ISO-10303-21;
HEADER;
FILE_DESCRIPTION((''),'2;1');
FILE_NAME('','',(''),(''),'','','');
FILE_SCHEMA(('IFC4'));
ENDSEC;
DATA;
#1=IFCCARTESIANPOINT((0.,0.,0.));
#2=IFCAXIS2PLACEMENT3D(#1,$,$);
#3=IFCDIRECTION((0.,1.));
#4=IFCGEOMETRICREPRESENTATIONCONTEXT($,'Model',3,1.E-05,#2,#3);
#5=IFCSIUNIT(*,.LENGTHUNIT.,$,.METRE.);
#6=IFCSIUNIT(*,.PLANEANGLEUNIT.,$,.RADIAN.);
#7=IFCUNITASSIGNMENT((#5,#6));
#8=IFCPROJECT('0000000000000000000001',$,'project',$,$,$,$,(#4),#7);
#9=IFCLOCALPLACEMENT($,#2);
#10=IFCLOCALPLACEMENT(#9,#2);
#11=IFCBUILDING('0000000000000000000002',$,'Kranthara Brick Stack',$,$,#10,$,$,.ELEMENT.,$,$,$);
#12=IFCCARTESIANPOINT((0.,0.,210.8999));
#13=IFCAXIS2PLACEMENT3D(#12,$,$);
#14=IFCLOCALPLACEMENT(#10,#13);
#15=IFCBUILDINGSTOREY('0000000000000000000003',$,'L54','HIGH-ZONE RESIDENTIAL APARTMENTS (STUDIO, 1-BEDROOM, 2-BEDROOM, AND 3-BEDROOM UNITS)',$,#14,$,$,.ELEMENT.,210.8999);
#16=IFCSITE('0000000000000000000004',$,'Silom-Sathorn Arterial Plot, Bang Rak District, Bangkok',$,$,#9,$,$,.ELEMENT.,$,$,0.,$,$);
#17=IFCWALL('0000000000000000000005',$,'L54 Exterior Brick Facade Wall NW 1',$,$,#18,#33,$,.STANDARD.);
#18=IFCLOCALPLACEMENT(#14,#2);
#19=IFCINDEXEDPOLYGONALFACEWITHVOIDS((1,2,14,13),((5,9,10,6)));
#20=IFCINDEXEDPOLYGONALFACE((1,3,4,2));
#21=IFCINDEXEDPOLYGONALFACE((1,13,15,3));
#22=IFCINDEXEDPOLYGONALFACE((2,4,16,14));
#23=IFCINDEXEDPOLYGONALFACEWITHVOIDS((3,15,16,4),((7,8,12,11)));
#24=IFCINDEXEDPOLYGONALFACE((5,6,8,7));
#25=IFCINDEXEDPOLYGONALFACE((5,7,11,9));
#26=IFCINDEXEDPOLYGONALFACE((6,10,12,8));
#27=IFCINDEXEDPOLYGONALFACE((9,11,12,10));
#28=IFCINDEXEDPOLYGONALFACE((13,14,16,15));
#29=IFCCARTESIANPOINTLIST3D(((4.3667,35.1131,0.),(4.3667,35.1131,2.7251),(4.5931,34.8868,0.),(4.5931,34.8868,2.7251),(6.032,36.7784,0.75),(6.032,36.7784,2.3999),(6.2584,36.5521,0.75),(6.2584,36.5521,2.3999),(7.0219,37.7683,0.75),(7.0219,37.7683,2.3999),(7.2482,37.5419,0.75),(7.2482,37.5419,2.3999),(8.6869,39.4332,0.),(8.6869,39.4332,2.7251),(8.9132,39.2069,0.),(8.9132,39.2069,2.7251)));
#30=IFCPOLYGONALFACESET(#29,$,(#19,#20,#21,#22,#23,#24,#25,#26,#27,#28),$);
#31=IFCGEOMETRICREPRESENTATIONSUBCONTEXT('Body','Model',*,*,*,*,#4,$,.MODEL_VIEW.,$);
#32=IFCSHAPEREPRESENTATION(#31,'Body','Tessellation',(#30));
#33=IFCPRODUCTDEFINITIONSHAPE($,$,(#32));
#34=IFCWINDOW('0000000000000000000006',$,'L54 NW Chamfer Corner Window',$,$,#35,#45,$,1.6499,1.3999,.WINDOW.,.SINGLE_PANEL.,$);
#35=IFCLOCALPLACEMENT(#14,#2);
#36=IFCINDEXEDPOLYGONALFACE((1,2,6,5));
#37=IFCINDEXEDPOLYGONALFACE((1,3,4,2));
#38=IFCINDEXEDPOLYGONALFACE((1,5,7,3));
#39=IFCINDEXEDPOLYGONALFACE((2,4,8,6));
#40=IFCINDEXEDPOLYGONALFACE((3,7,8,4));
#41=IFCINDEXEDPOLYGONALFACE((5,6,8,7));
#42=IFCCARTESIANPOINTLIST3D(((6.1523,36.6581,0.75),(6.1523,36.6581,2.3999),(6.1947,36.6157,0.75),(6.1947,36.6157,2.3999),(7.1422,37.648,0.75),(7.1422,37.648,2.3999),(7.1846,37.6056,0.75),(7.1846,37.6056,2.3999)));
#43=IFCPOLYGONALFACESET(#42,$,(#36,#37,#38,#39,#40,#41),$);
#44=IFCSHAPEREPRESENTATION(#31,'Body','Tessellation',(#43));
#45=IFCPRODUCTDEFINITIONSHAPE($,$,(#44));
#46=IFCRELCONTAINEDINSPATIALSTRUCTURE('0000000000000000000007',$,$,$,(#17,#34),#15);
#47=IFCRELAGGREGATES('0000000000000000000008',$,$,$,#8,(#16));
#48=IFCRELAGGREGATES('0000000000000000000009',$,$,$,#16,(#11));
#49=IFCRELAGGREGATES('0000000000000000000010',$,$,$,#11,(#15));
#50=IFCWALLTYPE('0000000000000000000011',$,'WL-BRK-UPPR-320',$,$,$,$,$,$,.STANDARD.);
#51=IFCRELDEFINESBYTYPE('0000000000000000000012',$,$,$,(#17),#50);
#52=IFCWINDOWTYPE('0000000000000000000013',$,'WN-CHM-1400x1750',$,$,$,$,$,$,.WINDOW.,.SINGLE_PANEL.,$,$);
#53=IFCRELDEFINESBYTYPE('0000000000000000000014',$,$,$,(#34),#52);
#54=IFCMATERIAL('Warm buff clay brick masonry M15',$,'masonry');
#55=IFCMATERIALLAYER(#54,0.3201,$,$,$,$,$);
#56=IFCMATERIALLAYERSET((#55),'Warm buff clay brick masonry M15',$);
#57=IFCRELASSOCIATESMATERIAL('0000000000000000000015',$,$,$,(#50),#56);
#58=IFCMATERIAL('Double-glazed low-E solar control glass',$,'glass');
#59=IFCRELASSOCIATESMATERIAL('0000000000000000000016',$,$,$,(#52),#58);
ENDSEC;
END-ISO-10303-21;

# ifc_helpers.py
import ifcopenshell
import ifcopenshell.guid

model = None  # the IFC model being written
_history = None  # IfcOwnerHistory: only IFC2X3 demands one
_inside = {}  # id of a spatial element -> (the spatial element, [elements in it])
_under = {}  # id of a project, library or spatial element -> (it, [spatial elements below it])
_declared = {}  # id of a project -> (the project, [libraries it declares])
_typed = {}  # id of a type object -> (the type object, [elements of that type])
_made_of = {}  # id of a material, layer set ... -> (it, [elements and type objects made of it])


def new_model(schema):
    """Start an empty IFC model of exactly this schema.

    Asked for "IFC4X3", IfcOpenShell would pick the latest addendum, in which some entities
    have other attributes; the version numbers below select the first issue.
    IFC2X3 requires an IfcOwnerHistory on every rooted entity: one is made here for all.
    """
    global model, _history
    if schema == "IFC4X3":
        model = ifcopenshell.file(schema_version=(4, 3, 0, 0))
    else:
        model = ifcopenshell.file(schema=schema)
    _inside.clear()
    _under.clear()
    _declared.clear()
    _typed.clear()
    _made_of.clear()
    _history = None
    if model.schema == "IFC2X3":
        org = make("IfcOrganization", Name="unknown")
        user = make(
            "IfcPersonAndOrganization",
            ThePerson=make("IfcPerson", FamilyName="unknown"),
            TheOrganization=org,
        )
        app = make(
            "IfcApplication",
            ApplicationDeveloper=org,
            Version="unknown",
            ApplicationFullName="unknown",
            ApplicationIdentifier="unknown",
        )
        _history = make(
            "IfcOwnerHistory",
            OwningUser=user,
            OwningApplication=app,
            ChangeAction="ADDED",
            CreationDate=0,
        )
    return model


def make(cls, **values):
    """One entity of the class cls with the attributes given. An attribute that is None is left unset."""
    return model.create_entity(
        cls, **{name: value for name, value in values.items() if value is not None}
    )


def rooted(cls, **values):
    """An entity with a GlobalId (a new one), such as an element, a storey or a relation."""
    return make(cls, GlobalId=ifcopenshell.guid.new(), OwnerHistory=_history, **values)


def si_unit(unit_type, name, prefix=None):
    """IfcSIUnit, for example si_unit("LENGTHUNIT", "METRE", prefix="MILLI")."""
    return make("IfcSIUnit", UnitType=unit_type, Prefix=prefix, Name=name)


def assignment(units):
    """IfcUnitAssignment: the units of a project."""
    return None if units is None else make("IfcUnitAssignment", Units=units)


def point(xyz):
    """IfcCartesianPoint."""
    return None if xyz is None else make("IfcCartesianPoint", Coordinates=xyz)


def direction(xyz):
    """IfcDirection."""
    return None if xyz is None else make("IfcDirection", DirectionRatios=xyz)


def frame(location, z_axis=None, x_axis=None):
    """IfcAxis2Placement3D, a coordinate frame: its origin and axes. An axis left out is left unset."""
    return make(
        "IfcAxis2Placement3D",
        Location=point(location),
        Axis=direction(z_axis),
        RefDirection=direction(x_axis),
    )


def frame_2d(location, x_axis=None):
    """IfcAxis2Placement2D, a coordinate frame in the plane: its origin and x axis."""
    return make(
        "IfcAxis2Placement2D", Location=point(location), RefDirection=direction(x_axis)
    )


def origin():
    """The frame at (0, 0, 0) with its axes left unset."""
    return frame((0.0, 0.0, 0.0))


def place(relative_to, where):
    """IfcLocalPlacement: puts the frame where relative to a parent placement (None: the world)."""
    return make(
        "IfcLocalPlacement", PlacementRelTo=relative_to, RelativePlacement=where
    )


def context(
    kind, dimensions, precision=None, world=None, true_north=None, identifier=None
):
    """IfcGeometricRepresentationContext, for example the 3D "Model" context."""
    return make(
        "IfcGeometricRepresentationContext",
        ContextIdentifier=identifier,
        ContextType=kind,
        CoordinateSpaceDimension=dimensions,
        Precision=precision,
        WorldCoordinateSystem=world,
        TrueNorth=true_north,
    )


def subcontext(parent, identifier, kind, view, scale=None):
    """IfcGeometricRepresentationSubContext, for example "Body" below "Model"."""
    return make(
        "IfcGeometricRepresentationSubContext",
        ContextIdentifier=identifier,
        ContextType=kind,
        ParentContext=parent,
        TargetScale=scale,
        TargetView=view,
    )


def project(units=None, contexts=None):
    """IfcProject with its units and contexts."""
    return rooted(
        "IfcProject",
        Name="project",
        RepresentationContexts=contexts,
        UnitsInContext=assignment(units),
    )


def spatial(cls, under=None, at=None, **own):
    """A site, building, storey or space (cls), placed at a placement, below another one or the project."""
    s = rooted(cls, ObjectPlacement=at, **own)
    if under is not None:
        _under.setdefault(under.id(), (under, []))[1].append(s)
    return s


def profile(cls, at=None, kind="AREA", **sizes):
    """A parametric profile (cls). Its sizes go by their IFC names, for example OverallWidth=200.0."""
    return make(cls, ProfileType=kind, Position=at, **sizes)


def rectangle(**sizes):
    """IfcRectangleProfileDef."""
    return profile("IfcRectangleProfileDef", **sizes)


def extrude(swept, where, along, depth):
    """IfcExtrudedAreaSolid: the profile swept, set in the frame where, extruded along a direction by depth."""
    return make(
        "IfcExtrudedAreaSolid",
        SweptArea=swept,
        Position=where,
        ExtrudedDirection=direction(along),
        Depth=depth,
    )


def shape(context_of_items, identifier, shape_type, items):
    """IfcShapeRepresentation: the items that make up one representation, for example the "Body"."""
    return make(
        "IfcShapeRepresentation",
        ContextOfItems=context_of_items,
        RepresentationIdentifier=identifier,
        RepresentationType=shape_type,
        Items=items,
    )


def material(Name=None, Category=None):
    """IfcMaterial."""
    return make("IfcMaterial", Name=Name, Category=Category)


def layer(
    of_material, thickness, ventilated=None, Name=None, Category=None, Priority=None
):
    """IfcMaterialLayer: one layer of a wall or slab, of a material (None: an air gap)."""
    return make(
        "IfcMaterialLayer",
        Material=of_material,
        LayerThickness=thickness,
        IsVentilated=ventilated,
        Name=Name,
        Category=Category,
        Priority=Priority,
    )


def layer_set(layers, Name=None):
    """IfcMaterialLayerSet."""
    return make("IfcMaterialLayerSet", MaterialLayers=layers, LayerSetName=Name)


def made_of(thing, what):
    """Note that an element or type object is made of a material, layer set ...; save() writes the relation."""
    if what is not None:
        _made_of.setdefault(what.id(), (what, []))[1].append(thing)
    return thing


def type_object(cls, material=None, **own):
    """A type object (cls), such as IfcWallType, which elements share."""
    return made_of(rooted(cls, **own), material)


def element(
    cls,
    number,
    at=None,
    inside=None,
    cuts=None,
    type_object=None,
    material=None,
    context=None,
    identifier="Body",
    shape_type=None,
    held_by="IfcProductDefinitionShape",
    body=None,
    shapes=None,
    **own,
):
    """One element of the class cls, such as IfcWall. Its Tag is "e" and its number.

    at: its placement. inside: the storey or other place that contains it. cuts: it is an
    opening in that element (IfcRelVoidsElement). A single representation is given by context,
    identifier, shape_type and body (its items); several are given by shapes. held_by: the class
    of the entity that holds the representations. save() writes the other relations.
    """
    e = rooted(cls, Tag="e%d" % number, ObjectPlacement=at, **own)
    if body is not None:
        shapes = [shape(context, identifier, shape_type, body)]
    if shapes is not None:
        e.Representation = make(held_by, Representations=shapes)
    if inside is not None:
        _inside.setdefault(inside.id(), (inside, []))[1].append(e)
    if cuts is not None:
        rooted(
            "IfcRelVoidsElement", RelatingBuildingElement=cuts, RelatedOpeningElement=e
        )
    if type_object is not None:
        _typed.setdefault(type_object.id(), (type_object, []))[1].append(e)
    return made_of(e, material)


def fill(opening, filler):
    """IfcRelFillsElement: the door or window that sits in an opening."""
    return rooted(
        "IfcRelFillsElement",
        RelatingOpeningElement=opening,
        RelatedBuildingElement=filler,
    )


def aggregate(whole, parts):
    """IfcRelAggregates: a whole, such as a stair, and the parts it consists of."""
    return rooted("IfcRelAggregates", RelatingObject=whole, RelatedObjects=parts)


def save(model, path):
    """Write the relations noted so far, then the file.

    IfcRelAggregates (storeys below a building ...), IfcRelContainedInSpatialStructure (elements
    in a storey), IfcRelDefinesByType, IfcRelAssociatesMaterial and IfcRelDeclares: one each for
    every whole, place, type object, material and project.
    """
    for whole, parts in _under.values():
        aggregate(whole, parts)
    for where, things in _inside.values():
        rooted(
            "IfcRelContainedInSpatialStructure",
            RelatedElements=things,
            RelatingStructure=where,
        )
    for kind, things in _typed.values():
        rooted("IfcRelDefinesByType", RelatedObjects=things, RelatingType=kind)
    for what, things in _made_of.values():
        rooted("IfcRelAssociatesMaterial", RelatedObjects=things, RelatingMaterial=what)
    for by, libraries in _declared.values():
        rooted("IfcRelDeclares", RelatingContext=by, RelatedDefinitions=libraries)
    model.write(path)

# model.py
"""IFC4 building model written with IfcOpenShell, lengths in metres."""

from ifc_helpers import new_model, si_unit, direction, frame, frame_2d, origin, place, context, subcontext, project, spatial, rectangle, extrude, material, layer, layer_set, type_object, element, fill, save


model = new_model("IFC4")

# Units and contexts
model_context = context("Model", 3, precision=1e-05, world=origin(), true_north=direction((0.0, 1.0)))
body_context = subcontext(model_context, "Body", "Model", "MODEL_VIEW")
ifc_project = project(units=[si_unit("LENGTHUNIT", "METRE"), si_unit("PLANEANGLEUNIT", "RADIAN")], contexts=[model_context])

# Site, building, storey
site_placement = place(None, origin())
site = spatial("IfcSite", under=ifc_project, at=site_placement, Name="Silom-Sathorn Arterial Plot, Bang Rak District, Bangkok", CompositionType="ELEMENT", RefElevation=0.0)
building_placement = place(site_placement, origin())
building = spatial("IfcBuilding", under=site, at=building_placement, Name="Kranthara Brick Stack", CompositionType="ELEMENT")
storey_placement = place(building_placement, frame((0.0, 0.0, 210.8999)))
storey = spatial("IfcBuildingStorey", under=building, at=storey_placement, Name="L54", Description="HIGH-ZONE RESIDENTIAL APARTMENTS (STUDIO, 1-BEDROOM, 2-BEDROOM, AND 3-BEDROOM UNITS)", CompositionType="ELEMENT", Elevation=210.8999)

# Wall, opening, window
ifc_material_1 = material(Name="Warm buff clay brick masonry M15", Category="masonry")
ifc_layer_1 = layer(ifc_material_1, 0.3201)
ifc_layer_set_1 = layer_set([ifc_layer_1], Name="Warm buff clay brick masonry M15")
wall_type_1 = type_object("IfcWallType", Name="WL-BRK-UPPR-320", PredefinedType="STANDARD", material=ifc_layer_set_1)
wall_1_placement = place(storey_placement, frame((4.48, 35.0, 0.0), z_axis=(0.0, 0.0, 1.0), x_axis=(0.707107, 0.707107, 0.0)))
wall_1 = element("IfcWall", 1, at=wall_1_placement, inside=storey, type_object=wall_type_1, Name="L54 Exterior Brick Facade Wall NW 1", PredefinedType="STANDARD", context=body_context, shape_type="SweptSolid", body=[
    extrude(rectangle(XDim=6.1096, YDim=0.3201, at=frame_2d((3.0547, 0.0))), origin(), (0.0, 0.0, 1.0), 2.7251),
])
opening_1_placement = place(wall_1_placement, frame((2.355, 0.0, 0.75)))
opening_1 = element("IfcOpeningElement", 2, at=opening_1_placement, cuts=wall_1, PredefinedType="OPENING", context=body_context, shape_type="SweptSolid", body=[
    extrude(rectangle(XDim=1.3999, YDim=1.6499, at=frame_2d((0.7, 0.825))), frame((0.0, 0.1699, 0.0), z_axis=(0.0, -1.0, 0.0), x_axis=(1.0, 0.0, 0.0)), (0.0, 0.0, 1.0), 0.3401),
])
ifc_material_2 = material(Name="Double-glazed low-E solar control glass", Category="glass")
window_type_1 = type_object("IfcWindowType", Name="WN-CHM-1400x1750", PartitioningType="SINGLE_PANEL", PredefinedType="WINDOW", material=ifc_material_2)
window_1_placement = place(opening_1_placement, origin())
window_1 = element("IfcWindow", 3, at=window_1_placement, inside=storey, type_object=window_type_1, Name="L54 NW Chamfer Corner Window", OverallHeight=1.6499, OverallWidth=1.3999, PartitioningType="SINGLE_PANEL", PredefinedType="WINDOW", context=body_context, shape_type="SweptSolid", body=[
    extrude(rectangle(XDim=1.3999, YDim=1.6499, at=frame_2d((0.7, 0.825))), frame((0.0, -0.01, 0.0), z_axis=(0.0, -1.0, 0.0), x_axis=(1.0, 0.0, 0.0)), (0.0, 0.0, 1.0), 0.0601),
])
fill(opening_1, window_1)

save(model, "model.ifc")
